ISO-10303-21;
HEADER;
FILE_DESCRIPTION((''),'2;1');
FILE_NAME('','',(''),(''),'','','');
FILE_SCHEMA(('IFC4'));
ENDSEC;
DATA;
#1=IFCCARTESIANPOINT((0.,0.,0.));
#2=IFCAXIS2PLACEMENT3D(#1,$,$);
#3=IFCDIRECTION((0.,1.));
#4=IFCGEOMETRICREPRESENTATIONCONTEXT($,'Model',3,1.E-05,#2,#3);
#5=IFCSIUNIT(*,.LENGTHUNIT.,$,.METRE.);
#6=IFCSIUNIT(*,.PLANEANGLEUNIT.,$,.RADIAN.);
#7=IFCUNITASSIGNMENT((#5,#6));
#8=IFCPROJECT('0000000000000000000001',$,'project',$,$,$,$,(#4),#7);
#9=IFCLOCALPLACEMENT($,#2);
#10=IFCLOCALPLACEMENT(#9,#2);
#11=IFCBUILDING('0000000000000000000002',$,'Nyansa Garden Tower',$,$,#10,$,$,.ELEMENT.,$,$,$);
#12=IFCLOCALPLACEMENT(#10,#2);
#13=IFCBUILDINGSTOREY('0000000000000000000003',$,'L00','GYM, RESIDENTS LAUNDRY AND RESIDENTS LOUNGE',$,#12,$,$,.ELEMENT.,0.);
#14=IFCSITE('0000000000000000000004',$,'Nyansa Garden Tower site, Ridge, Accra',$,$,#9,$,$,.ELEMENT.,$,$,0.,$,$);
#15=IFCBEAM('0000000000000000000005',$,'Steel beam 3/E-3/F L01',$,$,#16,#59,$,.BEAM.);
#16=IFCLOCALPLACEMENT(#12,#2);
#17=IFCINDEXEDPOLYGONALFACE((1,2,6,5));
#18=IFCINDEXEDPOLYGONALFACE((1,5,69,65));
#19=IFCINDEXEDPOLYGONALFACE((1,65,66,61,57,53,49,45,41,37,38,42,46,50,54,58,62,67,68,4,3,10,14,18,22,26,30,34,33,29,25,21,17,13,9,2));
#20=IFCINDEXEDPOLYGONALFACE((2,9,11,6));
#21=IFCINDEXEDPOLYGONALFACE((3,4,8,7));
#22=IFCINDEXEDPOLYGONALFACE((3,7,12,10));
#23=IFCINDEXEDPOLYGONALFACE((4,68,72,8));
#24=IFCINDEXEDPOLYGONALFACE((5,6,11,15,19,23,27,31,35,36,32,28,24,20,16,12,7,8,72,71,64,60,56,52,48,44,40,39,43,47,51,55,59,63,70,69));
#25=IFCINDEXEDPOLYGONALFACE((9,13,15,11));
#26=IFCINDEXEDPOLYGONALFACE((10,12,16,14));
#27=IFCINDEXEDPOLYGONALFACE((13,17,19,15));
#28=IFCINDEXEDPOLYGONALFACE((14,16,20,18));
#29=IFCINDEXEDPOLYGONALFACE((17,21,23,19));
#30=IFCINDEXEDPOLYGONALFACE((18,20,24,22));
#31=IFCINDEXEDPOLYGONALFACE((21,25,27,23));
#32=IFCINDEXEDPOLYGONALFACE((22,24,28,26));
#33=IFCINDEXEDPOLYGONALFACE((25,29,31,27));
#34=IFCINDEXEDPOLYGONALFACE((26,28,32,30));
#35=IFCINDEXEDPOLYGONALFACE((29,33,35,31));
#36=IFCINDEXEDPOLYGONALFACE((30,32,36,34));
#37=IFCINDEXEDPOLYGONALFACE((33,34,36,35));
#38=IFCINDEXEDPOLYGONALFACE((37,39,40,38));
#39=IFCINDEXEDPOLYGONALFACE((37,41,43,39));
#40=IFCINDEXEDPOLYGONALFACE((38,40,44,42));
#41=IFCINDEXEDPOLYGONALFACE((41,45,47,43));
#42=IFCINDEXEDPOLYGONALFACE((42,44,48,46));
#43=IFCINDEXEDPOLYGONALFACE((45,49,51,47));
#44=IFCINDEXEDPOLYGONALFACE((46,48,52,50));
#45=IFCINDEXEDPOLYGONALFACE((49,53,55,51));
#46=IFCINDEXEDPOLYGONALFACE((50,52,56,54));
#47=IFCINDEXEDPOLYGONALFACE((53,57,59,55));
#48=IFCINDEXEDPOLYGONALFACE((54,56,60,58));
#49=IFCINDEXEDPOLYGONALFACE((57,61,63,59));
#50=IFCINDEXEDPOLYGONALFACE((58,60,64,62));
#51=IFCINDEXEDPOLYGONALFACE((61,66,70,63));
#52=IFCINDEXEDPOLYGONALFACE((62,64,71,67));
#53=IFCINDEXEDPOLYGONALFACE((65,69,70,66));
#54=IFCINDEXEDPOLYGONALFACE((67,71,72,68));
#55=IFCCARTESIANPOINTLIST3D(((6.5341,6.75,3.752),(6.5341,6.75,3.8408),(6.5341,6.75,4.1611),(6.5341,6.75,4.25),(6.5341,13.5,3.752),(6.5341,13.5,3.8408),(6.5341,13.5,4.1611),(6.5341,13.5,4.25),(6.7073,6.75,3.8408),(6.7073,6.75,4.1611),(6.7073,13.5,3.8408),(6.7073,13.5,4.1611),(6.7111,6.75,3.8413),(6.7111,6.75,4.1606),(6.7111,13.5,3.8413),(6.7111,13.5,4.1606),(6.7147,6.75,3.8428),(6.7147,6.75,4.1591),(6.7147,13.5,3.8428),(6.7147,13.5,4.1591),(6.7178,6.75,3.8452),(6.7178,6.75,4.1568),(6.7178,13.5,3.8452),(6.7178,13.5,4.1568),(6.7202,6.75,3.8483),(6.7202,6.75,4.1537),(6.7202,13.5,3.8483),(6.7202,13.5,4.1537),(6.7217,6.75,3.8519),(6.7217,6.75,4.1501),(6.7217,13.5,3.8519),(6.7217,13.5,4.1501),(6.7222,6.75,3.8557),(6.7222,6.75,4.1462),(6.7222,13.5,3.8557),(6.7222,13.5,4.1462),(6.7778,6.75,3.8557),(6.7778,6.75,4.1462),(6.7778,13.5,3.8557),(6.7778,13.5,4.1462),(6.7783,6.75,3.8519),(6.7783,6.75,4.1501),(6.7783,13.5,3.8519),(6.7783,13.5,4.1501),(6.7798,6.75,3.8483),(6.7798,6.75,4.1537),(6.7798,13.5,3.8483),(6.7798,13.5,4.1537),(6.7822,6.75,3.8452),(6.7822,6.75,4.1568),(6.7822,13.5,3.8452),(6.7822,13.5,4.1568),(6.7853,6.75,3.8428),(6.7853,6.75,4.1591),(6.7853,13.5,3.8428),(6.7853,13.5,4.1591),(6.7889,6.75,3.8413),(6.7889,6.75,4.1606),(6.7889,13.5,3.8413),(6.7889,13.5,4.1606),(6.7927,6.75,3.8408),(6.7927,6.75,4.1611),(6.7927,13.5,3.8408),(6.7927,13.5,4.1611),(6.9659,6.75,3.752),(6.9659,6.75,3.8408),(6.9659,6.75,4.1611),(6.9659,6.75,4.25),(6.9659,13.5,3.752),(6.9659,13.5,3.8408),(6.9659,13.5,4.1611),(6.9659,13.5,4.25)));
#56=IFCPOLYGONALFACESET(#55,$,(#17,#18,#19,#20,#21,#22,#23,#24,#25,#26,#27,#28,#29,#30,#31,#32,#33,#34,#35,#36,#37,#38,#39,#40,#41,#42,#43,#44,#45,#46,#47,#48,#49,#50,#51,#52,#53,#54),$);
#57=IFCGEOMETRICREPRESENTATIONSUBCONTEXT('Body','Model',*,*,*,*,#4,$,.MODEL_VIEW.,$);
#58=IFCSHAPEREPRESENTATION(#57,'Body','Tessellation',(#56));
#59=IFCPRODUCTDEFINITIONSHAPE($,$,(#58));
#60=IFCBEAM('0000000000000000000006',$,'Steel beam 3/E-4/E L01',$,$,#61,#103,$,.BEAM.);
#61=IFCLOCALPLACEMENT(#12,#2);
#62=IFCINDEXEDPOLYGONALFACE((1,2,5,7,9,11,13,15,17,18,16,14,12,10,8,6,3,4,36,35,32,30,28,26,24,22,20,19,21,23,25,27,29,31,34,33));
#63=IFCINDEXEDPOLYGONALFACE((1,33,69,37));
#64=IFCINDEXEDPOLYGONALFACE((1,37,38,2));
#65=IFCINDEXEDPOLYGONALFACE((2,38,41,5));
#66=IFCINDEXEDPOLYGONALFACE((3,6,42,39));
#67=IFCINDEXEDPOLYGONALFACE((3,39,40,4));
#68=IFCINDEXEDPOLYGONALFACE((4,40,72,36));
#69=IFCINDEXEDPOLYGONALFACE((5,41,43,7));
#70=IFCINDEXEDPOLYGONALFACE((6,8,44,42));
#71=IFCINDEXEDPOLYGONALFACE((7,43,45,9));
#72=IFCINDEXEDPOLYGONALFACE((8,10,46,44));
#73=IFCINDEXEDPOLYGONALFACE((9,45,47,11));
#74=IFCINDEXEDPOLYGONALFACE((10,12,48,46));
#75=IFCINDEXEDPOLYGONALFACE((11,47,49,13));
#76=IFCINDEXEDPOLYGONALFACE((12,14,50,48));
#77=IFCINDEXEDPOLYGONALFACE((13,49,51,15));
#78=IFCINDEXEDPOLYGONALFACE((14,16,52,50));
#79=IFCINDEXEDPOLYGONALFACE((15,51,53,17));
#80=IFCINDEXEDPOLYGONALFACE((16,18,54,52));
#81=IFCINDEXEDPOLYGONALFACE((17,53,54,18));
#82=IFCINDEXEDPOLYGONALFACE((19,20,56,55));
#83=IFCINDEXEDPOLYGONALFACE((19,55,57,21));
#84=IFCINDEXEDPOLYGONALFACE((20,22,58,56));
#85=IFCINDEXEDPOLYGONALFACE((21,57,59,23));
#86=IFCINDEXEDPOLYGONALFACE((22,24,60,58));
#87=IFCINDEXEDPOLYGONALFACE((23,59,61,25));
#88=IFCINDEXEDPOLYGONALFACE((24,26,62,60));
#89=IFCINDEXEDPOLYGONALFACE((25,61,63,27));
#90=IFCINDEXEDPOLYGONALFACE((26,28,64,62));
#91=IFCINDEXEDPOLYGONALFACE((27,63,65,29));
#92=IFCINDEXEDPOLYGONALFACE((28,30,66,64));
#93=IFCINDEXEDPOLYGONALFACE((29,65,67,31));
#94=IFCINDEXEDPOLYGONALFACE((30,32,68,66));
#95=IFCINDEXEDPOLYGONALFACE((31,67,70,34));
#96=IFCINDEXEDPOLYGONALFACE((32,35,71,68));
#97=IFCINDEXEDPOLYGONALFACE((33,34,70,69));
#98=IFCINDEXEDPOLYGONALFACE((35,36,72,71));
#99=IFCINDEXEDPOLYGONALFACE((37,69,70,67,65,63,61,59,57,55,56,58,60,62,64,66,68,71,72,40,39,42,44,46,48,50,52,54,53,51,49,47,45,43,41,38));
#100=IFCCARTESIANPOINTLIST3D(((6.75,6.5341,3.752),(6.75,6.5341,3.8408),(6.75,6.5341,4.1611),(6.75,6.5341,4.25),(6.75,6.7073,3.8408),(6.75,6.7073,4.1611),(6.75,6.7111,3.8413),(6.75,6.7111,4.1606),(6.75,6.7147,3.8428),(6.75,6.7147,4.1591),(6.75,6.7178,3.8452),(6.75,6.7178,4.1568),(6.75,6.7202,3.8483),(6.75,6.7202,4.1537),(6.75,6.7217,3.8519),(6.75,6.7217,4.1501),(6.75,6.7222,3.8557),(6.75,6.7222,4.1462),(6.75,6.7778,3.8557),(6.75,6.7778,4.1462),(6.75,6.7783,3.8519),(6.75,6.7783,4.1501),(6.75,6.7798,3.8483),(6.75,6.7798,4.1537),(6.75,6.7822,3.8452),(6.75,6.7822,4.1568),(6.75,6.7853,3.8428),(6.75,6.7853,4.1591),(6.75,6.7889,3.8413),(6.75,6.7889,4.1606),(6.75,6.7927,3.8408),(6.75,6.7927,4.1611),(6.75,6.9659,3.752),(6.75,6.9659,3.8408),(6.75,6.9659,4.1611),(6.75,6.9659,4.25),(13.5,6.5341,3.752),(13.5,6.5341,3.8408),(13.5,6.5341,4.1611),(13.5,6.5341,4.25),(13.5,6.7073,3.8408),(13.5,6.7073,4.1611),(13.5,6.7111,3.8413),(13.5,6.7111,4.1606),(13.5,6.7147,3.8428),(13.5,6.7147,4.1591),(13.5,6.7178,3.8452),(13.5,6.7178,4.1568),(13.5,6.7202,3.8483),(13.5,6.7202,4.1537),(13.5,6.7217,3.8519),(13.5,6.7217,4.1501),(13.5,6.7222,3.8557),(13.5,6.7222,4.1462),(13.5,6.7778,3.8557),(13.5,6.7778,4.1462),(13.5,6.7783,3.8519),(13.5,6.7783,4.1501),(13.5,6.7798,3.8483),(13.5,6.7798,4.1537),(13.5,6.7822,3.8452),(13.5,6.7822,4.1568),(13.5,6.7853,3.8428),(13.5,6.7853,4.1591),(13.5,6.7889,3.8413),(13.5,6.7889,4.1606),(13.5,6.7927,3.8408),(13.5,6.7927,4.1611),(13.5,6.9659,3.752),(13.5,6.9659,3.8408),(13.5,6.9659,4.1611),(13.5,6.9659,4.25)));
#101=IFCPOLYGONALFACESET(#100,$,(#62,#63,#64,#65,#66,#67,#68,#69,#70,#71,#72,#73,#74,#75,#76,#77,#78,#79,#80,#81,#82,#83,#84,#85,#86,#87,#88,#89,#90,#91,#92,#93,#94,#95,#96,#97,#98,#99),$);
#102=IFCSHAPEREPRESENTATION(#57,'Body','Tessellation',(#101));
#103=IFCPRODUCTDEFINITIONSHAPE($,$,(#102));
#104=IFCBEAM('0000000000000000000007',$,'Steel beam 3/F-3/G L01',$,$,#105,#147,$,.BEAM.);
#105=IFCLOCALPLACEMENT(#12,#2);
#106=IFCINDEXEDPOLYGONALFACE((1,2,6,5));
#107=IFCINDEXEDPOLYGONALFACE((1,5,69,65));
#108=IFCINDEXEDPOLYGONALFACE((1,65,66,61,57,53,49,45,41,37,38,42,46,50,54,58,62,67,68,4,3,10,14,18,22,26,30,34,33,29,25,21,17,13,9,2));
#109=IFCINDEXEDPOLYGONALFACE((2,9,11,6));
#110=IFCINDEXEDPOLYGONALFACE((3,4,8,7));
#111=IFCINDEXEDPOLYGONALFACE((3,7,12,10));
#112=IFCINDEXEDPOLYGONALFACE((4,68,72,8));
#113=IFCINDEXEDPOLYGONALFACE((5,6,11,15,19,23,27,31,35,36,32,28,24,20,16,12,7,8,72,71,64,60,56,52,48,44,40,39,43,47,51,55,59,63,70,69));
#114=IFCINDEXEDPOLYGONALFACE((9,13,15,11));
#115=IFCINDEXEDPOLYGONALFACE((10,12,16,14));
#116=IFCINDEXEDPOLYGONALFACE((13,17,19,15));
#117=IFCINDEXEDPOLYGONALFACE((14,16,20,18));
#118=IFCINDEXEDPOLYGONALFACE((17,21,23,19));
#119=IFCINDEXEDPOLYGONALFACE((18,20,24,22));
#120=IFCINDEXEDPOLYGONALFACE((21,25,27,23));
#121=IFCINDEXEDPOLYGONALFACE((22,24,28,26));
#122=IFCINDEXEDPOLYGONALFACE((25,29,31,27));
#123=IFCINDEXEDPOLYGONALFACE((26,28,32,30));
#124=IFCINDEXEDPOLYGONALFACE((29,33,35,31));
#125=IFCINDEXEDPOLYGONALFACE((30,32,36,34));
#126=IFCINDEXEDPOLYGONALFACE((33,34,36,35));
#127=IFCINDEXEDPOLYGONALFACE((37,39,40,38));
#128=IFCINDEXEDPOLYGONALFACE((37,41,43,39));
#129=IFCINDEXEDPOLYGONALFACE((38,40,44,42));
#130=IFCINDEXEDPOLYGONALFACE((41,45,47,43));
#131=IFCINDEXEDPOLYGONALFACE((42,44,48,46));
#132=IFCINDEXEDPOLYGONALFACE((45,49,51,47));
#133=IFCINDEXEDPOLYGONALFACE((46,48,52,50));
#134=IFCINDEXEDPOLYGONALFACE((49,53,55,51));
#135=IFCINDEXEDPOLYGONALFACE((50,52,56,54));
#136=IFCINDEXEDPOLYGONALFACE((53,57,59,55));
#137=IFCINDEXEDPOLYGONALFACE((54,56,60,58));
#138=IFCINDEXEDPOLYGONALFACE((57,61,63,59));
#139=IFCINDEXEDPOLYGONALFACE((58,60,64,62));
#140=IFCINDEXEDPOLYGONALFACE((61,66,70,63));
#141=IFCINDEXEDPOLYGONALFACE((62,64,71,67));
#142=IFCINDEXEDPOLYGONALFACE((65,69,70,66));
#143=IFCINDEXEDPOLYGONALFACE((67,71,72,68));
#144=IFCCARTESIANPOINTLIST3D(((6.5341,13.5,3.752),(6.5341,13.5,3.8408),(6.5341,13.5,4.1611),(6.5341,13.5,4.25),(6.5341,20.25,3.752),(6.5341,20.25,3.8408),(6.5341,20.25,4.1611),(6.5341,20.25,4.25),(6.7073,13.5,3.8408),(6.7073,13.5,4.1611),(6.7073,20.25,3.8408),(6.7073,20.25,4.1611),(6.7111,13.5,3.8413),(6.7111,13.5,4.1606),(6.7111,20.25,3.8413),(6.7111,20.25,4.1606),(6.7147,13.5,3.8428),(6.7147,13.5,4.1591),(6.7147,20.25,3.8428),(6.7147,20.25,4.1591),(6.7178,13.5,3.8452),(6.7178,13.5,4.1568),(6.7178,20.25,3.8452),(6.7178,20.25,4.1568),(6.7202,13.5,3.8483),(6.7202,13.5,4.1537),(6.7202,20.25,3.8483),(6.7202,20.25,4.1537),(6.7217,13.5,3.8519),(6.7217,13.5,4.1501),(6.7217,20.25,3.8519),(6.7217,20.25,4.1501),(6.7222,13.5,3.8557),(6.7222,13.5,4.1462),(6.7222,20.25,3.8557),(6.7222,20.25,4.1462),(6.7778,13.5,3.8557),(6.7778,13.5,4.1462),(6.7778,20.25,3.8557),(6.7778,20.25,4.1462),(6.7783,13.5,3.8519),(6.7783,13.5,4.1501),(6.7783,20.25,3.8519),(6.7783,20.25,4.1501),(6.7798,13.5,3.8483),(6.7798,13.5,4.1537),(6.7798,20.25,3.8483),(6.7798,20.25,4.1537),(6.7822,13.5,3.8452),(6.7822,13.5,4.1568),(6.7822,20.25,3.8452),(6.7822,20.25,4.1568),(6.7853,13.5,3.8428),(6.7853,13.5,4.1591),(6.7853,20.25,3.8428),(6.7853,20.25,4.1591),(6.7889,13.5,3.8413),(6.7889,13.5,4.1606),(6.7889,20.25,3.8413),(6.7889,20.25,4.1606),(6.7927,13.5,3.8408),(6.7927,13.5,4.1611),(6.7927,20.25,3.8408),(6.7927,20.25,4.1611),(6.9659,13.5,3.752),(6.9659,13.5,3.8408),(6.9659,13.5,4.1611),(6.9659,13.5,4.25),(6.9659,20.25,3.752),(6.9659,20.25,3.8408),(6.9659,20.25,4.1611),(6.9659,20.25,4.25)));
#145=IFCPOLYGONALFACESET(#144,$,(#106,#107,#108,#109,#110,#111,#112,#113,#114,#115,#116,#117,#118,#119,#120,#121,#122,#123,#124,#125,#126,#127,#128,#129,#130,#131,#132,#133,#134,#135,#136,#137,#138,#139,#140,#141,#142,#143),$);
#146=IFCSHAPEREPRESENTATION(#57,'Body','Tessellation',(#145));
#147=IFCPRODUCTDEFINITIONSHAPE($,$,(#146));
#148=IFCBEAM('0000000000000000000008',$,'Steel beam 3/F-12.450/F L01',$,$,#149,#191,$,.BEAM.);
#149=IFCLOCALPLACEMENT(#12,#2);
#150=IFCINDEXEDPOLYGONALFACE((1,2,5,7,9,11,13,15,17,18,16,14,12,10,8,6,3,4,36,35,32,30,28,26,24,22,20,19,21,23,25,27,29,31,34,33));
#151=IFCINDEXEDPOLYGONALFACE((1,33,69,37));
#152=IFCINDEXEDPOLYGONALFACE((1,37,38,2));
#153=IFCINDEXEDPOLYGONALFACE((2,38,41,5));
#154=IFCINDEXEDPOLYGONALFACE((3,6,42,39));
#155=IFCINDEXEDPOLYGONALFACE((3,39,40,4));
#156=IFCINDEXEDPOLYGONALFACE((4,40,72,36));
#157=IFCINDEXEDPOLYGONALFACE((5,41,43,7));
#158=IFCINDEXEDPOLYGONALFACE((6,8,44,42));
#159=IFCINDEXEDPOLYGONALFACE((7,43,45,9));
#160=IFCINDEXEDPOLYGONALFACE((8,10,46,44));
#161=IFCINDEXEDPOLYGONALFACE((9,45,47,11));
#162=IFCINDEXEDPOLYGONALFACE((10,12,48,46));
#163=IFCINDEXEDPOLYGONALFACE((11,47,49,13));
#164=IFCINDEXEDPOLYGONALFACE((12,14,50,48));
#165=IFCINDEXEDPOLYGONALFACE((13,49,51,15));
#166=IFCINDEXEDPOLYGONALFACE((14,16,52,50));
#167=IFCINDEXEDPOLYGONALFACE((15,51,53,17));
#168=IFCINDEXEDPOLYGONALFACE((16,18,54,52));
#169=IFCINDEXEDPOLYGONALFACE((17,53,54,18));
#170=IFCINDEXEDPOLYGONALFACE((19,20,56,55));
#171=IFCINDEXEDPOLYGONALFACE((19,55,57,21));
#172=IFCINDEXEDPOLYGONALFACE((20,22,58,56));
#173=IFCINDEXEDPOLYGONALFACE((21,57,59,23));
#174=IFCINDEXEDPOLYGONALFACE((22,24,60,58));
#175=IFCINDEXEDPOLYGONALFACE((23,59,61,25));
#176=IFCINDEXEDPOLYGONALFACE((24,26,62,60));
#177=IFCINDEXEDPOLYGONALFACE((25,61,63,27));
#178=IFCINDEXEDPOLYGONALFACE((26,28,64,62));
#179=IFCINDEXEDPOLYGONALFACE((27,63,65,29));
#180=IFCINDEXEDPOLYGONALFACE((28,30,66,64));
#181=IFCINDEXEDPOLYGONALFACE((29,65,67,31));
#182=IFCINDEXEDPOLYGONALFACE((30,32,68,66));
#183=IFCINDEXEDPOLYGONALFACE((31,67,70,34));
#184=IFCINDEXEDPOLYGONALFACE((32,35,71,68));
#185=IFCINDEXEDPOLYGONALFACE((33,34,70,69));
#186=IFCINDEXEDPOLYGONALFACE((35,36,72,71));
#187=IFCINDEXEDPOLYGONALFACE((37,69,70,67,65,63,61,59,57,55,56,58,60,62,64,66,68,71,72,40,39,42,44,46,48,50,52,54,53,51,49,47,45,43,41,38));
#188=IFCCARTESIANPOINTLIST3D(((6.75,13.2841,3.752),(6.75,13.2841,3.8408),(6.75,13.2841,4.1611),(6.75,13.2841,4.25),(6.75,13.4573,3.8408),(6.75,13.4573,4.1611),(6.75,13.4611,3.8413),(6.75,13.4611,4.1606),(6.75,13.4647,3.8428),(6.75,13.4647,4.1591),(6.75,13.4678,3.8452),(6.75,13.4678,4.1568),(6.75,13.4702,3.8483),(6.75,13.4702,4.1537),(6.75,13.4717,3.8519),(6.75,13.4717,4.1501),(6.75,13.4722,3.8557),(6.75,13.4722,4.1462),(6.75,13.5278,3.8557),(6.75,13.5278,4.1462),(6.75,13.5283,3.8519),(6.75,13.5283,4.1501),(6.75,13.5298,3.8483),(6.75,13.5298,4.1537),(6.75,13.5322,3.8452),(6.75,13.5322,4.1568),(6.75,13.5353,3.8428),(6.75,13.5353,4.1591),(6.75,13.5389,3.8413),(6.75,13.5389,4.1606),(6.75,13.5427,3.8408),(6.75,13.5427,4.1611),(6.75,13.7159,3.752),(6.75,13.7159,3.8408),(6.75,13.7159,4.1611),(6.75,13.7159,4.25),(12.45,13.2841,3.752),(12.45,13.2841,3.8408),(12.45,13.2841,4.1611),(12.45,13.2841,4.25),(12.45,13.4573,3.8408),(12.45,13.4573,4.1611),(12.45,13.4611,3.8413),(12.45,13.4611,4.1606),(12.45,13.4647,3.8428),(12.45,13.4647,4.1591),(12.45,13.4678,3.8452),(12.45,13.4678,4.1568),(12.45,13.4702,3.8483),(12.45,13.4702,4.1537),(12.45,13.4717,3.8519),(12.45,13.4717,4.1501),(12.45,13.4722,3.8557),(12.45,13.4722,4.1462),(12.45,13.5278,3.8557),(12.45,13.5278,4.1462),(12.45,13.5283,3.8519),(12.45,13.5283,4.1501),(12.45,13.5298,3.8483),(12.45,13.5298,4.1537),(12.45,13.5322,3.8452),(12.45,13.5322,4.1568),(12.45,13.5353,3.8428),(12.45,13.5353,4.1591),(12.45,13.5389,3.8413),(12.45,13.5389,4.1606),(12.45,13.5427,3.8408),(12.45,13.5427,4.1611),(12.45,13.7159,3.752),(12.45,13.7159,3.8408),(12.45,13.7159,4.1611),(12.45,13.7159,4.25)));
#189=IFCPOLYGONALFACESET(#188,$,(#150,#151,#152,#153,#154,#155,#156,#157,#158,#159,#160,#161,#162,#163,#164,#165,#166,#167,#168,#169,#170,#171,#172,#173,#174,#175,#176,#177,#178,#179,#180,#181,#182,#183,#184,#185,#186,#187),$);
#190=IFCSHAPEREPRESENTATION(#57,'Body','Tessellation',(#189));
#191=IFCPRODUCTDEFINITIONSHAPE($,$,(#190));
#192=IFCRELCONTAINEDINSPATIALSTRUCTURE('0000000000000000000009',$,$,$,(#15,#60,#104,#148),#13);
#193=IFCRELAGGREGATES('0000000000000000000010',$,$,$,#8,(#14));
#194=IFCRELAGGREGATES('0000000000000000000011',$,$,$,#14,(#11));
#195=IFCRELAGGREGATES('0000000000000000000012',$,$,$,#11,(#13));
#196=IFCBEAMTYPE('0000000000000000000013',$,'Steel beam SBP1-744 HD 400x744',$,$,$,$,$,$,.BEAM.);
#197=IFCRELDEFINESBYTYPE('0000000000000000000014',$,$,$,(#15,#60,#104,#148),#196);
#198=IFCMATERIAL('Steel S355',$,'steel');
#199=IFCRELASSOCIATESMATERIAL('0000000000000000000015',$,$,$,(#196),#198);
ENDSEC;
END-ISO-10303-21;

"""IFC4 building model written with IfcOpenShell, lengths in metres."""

from ifc_helpers import new_model, si_unit, direction, frame, origin, origin_2d, place, context, subcontext, project, spatial, i_section, extrude, material, material_profile, profile_set, type_object, element, save


model = new_model("IFC4")

# Units and contexts
model_context = context("Model", 3, precision=1e-05, world=origin(), true_north=direction((0.0, 1.0)))
body_context = subcontext(model_context, "Body", "Model", "MODEL_VIEW")
ifc_project = project(units=[si_unit("LENGTHUNIT", "METRE"), si_unit("PLANEANGLEUNIT", "RADIAN")], contexts=[model_context])

# Site, building, storey
site_placement = place(None, origin())
site = spatial("IfcSite", under=ifc_project, at=site_placement, Name="Nyansa Garden Tower site, Ridge, Accra", CompositionType="ELEMENT", RefElevation=0.0)
building_placement = place(site_placement, origin())
building = spatial("IfcBuilding", under=site, at=building_placement, Name="Nyansa Garden Tower", CompositionType="ELEMENT")
storey_placement = place(building_placement, origin())
storey = spatial("IfcBuildingStorey", under=building, at=storey_placement, Name="L00", Description="GYM, RESIDENTS LAUNDRY AND RESIDENTS LOUNGE", CompositionType="ELEMENT", Elevation=0.0)

# Beams
ifc_material_1 = material(Name="Steel S355", Category="steel")
ifc_material_profile_1 = material_profile(ifc_material_1, i_section(OverallWidth=0.4319, OverallDepth=0.498, WebThickness=0.0557, FlangeThickness=0.0889, FilletRadius=0.0149, at=origin_2d()), Name="HD 400x744")
ifc_profile_set_1 = profile_set([ifc_material_profile_1], Name="Steel S355")
beam_type_1 = type_object("IfcBeamType", Name="Steel beam SBP1-744 HD 400x744", PredefinedType="BEAM", material=ifc_profile_set_1)
for number, where, z_axis, x_axis, name in (
    (1, (6.75, 6.75, 4.001), (0.0, 1.0, 0.0), (-1.0, 0.0, 0.0), "Steel beam 3/E-3/F L01"),
    (2, (6.75, 6.75, 4.001), (1.0, 0.0, 0.0), (0.0, 1.0, 0.0), "Steel beam 3/E-4/E L01"),
    (3, (6.75, 13.5, 4.001), (0.0, 1.0, 0.0), (-1.0, 0.0, 0.0), "Steel beam 3/F-3/G L01"),
):
    element("IfcBeam", number, at=place(storey_placement, frame(where, z_axis=z_axis, x_axis=x_axis)), inside=storey, type_object=beam_type_1, Name=name, PredefinedType="BEAM", context=body_context, shape_type="SweptSolid", body=[
        extrude(i_section(OverallWidth=0.4319, OverallDepth=0.498, WebThickness=0.0557, FlangeThickness=0.0889, FilletRadius=0.0149, at=origin_2d()), origin(), (0.0, 0.0, 1.0), 6.75),
    ])
for number, where, z_axis, x_axis, name in (
    (4, (6.75, 13.5, 4.001), (1.0, 0.0, 0.0), (0.0, 1.0, 0.0), "Steel beam 3/F-12.450/F L01"),
):
    element("IfcBeam", number, at=place(storey_placement, frame(where, z_axis=z_axis, x_axis=x_axis)), inside=storey, type_object=beam_type_1, Name=name, PredefinedType="BEAM", context=body_context, shape_type="SweptSolid", body=[
        extrude(i_section(OverallWidth=0.4319, OverallDepth=0.498, WebThickness=0.0557, FlangeThickness=0.0889, FilletRadius=0.0149, at=origin_2d()), origin(), (0.0, 0.0, 1.0), 5.7),
    ])

save(model, "model.ifc")
